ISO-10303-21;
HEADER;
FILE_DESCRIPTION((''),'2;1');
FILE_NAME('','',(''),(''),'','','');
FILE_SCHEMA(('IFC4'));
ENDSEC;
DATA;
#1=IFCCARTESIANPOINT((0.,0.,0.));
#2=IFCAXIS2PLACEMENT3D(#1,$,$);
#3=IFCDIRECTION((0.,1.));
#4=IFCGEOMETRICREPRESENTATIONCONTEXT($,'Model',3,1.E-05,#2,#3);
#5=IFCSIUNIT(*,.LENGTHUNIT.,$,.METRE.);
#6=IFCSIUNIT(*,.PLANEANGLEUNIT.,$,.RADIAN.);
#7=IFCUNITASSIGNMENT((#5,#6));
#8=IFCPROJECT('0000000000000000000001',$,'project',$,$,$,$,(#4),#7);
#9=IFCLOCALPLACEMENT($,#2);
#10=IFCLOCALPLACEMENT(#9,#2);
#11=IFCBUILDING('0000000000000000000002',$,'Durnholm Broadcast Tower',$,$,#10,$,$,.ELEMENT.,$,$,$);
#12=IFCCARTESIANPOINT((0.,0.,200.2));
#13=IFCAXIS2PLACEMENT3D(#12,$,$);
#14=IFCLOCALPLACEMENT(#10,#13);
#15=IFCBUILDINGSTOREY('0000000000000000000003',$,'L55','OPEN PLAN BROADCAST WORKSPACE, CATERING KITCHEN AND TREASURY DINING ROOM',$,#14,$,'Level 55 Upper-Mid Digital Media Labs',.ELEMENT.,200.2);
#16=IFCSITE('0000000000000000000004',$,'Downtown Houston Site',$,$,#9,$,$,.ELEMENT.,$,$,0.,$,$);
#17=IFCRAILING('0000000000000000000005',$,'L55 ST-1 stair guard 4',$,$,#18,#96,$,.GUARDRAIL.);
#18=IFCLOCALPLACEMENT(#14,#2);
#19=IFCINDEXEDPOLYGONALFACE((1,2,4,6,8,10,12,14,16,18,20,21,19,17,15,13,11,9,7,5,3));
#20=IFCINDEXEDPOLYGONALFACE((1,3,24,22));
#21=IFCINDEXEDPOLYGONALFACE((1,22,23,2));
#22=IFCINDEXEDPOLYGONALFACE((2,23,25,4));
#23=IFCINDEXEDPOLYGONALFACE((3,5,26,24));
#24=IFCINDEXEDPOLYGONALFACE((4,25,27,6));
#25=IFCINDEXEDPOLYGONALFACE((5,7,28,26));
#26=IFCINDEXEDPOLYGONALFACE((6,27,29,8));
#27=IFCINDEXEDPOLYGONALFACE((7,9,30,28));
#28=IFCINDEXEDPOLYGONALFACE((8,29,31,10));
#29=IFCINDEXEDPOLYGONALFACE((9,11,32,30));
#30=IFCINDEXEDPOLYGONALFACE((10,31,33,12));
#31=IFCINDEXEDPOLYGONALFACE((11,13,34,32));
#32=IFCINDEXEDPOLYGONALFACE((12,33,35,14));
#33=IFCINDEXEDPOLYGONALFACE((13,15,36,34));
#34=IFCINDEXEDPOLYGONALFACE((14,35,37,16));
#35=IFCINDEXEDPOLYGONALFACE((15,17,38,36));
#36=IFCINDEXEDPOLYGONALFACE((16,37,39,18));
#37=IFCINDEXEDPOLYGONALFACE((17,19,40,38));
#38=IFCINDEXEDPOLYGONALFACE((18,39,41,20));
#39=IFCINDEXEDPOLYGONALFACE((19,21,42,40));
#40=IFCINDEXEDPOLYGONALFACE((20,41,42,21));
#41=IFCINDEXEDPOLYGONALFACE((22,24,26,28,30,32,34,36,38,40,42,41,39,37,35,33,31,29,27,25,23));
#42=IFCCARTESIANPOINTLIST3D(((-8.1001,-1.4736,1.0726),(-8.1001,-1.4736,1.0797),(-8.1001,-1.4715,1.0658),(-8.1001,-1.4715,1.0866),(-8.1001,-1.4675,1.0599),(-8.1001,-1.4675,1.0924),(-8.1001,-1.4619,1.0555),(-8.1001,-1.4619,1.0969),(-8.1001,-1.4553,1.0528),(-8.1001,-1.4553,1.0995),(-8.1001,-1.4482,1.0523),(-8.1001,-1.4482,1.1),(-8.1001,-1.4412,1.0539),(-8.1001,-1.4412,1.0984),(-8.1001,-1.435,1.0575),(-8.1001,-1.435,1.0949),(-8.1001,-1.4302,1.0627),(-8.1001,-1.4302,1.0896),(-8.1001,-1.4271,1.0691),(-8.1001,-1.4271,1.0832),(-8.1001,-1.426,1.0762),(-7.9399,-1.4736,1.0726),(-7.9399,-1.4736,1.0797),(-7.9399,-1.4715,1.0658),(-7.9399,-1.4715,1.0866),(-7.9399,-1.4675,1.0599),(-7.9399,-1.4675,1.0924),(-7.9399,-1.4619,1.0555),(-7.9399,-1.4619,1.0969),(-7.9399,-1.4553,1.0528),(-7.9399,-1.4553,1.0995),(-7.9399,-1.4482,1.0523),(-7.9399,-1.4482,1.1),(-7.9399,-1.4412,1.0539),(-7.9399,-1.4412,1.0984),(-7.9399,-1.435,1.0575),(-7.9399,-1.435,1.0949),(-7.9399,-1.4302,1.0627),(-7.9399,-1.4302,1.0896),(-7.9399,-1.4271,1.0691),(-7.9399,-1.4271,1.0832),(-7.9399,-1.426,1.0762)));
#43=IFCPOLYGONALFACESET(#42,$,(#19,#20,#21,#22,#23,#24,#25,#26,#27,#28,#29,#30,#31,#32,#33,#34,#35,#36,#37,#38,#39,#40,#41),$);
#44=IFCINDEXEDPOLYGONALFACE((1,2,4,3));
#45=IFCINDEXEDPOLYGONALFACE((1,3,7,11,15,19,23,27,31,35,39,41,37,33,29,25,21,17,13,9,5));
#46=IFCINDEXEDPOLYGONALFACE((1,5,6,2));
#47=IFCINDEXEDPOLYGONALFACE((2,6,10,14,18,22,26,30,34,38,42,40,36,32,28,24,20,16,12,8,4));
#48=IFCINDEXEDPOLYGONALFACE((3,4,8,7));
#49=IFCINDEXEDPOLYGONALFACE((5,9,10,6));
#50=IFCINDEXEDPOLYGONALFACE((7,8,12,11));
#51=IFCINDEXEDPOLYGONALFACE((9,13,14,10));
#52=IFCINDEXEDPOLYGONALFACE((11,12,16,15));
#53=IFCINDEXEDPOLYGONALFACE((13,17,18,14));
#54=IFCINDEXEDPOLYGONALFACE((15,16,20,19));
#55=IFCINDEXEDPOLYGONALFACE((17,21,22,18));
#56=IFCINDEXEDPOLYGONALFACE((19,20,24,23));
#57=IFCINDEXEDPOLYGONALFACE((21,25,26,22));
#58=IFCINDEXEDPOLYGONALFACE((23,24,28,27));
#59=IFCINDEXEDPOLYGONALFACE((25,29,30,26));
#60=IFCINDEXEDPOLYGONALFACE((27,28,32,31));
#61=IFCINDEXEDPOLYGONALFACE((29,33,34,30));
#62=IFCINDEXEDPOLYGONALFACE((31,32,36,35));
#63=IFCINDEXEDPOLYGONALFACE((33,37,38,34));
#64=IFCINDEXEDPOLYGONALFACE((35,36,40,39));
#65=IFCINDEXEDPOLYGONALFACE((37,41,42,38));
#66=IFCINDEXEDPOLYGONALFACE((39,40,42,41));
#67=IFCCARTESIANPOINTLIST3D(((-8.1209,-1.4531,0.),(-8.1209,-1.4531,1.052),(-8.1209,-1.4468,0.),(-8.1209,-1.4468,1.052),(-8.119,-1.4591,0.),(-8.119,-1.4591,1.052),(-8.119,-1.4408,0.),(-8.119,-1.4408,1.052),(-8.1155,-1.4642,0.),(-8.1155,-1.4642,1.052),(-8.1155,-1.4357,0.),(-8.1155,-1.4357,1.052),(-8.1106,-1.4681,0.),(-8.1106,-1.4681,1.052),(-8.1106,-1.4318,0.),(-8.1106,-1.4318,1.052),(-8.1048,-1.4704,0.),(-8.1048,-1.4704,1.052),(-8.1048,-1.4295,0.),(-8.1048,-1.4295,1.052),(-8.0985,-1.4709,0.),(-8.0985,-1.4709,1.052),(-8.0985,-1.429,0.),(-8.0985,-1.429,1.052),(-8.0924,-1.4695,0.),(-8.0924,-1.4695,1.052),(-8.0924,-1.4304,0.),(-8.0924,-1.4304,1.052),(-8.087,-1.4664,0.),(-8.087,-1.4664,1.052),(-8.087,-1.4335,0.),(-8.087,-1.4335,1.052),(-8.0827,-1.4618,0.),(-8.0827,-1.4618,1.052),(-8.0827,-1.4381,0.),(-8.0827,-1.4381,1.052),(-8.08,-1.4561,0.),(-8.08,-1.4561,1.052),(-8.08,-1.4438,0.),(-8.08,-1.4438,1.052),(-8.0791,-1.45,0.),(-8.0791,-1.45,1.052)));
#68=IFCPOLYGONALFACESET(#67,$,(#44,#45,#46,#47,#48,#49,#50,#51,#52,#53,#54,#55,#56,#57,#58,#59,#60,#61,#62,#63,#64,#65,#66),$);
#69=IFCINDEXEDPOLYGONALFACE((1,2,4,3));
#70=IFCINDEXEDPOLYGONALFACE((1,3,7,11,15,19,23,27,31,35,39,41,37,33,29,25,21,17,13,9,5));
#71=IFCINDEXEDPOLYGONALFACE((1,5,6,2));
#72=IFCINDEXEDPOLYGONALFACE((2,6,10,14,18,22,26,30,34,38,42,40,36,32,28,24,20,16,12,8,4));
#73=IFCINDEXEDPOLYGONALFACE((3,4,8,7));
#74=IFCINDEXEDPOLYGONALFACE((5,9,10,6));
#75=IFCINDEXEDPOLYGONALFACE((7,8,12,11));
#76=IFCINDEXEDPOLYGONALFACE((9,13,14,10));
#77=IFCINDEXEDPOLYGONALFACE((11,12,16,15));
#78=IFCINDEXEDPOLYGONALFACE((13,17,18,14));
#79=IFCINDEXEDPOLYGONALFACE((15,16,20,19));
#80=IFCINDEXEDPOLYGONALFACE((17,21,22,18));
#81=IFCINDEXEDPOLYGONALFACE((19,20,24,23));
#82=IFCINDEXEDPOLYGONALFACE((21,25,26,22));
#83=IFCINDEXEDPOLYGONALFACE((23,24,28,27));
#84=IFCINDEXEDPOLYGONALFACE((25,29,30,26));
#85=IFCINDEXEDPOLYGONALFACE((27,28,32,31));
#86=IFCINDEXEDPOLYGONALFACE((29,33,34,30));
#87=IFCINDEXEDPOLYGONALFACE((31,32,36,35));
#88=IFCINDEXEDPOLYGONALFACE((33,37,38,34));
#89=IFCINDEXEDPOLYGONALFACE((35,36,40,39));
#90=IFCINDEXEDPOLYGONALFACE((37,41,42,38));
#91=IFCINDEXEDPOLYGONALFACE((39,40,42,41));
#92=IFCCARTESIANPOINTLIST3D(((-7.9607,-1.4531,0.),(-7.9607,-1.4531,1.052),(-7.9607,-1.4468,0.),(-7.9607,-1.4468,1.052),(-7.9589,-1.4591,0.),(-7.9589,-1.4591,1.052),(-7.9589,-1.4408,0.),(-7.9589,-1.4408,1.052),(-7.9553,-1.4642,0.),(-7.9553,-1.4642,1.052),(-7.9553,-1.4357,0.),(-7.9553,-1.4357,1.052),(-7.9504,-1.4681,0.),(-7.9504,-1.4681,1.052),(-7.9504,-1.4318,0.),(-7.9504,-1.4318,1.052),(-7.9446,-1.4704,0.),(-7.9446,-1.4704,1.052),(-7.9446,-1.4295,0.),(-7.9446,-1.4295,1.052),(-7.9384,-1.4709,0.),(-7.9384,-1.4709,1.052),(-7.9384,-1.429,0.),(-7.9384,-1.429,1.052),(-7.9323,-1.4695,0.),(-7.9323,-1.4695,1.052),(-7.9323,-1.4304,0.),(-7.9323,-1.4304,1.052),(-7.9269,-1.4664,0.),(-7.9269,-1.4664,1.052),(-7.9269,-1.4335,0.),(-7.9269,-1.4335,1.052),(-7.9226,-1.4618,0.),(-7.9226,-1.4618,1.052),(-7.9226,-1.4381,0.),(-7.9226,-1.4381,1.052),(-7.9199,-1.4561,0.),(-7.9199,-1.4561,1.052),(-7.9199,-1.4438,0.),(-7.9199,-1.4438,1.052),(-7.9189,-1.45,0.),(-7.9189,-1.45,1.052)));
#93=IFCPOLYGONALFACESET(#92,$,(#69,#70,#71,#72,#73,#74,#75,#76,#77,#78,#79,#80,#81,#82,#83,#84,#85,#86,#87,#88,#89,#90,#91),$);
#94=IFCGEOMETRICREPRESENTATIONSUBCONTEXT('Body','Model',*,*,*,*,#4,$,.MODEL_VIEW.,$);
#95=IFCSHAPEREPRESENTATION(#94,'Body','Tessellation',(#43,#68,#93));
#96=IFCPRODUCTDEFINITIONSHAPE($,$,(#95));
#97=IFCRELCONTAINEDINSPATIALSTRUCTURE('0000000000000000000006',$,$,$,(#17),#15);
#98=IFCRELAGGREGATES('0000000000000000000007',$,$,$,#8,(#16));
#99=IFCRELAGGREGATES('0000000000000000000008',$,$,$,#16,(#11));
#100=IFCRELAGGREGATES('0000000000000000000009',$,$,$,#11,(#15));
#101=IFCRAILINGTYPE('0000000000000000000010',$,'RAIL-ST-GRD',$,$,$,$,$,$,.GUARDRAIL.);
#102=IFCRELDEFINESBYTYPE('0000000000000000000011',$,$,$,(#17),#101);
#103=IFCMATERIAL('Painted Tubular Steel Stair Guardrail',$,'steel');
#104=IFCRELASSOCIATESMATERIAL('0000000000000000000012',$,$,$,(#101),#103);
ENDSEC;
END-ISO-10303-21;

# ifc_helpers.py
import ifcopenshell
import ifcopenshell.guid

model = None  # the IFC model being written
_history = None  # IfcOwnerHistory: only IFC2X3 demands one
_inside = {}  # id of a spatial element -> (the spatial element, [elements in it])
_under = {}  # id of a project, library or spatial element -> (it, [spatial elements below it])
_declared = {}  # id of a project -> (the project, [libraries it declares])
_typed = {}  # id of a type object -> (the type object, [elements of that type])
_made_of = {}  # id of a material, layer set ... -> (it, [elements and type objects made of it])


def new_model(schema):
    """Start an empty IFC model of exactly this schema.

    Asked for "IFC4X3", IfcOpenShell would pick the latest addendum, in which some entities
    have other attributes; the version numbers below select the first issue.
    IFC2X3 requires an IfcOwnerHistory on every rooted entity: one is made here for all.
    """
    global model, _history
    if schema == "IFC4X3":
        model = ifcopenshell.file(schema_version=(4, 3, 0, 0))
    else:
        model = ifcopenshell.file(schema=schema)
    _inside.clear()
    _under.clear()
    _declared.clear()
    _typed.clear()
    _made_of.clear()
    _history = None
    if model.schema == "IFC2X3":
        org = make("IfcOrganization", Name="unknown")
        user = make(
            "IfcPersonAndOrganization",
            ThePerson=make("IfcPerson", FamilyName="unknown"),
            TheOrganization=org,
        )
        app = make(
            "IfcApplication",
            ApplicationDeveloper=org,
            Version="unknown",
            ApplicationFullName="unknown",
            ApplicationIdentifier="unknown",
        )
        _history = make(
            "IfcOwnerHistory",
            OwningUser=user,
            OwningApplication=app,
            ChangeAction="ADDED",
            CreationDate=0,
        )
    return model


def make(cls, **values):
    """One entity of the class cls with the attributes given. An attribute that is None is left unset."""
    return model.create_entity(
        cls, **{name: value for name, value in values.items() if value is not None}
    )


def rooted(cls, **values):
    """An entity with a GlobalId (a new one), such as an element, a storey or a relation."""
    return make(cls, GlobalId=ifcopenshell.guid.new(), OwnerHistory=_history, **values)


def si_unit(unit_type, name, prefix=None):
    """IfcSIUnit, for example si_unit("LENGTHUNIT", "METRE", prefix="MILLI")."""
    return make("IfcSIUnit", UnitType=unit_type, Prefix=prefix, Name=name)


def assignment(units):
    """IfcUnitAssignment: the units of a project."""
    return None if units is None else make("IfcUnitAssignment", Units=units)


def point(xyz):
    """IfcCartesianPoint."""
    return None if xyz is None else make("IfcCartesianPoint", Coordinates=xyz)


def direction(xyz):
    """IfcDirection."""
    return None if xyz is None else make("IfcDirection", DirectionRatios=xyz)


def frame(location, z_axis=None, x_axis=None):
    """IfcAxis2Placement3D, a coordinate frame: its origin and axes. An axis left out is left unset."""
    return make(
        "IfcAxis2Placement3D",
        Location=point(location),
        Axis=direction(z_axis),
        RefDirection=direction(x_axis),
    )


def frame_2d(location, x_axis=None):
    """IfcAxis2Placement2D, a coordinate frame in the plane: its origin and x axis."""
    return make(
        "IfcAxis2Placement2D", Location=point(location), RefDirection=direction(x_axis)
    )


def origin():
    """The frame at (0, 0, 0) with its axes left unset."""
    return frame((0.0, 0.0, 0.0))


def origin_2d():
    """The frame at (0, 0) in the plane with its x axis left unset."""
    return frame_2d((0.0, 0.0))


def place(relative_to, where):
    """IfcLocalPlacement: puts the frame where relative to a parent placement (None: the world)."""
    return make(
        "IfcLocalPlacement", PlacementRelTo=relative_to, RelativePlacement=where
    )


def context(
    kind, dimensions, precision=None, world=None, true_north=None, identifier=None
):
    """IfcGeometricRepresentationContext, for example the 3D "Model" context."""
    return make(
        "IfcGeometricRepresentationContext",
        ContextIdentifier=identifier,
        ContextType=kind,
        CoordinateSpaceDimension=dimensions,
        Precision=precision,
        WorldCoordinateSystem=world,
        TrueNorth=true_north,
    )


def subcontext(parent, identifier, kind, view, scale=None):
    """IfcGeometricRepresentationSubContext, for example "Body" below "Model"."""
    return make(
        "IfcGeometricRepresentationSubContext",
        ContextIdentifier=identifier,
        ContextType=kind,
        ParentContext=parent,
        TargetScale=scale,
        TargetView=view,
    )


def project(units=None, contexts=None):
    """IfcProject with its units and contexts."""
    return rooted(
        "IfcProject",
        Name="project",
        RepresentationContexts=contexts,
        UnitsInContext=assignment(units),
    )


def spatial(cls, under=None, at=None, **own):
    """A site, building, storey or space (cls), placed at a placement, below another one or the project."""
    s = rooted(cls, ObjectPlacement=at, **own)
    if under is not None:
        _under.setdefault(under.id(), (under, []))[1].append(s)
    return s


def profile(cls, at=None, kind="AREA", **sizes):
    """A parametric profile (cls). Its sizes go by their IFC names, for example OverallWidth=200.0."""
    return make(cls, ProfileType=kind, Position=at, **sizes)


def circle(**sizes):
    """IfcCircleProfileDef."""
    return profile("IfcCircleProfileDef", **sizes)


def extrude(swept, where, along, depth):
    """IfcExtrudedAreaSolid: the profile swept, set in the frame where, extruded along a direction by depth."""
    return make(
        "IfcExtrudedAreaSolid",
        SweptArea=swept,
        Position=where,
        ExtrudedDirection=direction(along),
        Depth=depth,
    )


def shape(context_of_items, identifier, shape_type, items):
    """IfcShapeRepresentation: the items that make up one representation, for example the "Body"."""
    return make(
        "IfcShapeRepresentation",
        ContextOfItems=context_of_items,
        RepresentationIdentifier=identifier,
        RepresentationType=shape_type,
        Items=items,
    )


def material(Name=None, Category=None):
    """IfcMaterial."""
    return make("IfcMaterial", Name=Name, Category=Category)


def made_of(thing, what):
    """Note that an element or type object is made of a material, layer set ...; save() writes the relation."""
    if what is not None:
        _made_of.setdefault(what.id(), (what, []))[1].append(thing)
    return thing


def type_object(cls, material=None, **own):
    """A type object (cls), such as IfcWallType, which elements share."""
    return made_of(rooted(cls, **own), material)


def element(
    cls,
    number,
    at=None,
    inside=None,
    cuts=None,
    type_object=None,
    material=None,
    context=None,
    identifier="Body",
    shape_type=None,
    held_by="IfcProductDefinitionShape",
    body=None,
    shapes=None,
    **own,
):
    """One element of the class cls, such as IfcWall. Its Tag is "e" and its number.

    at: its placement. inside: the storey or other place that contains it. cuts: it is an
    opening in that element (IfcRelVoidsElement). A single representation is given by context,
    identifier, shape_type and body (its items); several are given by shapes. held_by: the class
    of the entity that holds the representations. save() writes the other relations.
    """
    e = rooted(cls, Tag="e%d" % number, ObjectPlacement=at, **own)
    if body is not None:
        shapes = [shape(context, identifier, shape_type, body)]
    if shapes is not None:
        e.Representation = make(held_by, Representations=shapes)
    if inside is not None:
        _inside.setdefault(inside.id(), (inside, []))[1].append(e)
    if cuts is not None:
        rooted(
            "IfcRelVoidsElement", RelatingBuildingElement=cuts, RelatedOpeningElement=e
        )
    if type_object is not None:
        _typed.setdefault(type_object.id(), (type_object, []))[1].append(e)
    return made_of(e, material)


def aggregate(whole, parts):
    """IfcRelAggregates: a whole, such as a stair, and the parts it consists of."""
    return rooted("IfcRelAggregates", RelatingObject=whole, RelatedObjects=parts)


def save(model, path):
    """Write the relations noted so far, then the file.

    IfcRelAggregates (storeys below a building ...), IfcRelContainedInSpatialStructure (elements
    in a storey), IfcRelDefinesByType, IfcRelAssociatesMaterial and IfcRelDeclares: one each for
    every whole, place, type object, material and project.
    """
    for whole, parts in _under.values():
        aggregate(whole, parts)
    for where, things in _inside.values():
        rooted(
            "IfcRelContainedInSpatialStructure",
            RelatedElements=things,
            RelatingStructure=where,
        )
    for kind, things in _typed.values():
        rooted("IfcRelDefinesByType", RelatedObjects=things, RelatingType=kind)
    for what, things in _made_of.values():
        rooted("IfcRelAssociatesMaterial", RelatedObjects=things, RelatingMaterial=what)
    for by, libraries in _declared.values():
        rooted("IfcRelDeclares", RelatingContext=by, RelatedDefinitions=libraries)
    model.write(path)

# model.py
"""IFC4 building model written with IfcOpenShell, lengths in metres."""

from ifc_helpers import new_model, si_unit, direction, frame, origin, origin_2d, place, context, subcontext, project, spatial, circle, extrude, material, type_object, element, save


model = new_model("IFC4")

# Units and contexts
model_context = context("Model", 3, precision=1e-05, world=origin(), true_north=direction((0.0, 1.0)))
body_context = subcontext(model_context, "Body", "Model", "MODEL_VIEW")
ifc_project = project(units=[si_unit("LENGTHUNIT", "METRE"), si_unit("PLANEANGLEUNIT", "RADIAN")], contexts=[model_context])

# Site, building, storey
site_placement = place(None, origin())
site = spatial("IfcSite", under=ifc_project, at=site_placement, Name="Downtown Houston Site", CompositionType="ELEMENT", RefElevation=0.0)
building_placement = place(site_placement, origin())
building = spatial("IfcBuilding", under=site, at=building_placement, Name="Durnholm Broadcast Tower", CompositionType="ELEMENT")
storey_placement = place(building_placement, frame((0.0, 0.0, 200.2)))
storey = spatial("IfcBuildingStorey", under=building, at=storey_placement, Name="L55", Description="OPEN PLAN BROADCAST WORKSPACE, CATERING KITCHEN AND TREASURY DINING ROOM", LongName="Level 55 Upper-Mid Digital Media Labs", CompositionType="ELEMENT", Elevation=200.2)

# Railing
ifc_material_1 = material(Name="Painted Tubular Steel Stair Guardrail", Category="steel")
railing_type_1 = type_object("IfcRailingType", Name="RAIL-ST-GRD", PredefinedType="GUARDRAIL", material=ifc_material_1)
railing_1_placement = place(storey_placement, frame((-8.1001, -1.45, 0.0)))
element("IfcRailing", 1, at=railing_1_placement, inside=storey, type_object=railing_type_1, Name="L55 ST-1 stair guard 4", PredefinedType="GUARDRAIL", context=body_context, shape_type="SweptSolid", body=[
    extrude(circle(Radius=0.0239, at=origin_2d()), frame((0.0, 0.0, 1.0762), z_axis=(1.0, 0.0, 0.0), x_axis=(0.0, 1.0, 0.0)), (0.0, 0.0, 1.0), 0.1602),
    extrude(circle(Radius=0.021, at=origin_2d()), origin(), (0.0, 0.0, 1.0), 1.052),
    extrude(circle(Radius=0.021, at=origin_2d()), frame((0.1602, 0.0, 0.0)), (0.0, 0.0, 1.0), 1.052),
])

save(model, "model.ifc")
